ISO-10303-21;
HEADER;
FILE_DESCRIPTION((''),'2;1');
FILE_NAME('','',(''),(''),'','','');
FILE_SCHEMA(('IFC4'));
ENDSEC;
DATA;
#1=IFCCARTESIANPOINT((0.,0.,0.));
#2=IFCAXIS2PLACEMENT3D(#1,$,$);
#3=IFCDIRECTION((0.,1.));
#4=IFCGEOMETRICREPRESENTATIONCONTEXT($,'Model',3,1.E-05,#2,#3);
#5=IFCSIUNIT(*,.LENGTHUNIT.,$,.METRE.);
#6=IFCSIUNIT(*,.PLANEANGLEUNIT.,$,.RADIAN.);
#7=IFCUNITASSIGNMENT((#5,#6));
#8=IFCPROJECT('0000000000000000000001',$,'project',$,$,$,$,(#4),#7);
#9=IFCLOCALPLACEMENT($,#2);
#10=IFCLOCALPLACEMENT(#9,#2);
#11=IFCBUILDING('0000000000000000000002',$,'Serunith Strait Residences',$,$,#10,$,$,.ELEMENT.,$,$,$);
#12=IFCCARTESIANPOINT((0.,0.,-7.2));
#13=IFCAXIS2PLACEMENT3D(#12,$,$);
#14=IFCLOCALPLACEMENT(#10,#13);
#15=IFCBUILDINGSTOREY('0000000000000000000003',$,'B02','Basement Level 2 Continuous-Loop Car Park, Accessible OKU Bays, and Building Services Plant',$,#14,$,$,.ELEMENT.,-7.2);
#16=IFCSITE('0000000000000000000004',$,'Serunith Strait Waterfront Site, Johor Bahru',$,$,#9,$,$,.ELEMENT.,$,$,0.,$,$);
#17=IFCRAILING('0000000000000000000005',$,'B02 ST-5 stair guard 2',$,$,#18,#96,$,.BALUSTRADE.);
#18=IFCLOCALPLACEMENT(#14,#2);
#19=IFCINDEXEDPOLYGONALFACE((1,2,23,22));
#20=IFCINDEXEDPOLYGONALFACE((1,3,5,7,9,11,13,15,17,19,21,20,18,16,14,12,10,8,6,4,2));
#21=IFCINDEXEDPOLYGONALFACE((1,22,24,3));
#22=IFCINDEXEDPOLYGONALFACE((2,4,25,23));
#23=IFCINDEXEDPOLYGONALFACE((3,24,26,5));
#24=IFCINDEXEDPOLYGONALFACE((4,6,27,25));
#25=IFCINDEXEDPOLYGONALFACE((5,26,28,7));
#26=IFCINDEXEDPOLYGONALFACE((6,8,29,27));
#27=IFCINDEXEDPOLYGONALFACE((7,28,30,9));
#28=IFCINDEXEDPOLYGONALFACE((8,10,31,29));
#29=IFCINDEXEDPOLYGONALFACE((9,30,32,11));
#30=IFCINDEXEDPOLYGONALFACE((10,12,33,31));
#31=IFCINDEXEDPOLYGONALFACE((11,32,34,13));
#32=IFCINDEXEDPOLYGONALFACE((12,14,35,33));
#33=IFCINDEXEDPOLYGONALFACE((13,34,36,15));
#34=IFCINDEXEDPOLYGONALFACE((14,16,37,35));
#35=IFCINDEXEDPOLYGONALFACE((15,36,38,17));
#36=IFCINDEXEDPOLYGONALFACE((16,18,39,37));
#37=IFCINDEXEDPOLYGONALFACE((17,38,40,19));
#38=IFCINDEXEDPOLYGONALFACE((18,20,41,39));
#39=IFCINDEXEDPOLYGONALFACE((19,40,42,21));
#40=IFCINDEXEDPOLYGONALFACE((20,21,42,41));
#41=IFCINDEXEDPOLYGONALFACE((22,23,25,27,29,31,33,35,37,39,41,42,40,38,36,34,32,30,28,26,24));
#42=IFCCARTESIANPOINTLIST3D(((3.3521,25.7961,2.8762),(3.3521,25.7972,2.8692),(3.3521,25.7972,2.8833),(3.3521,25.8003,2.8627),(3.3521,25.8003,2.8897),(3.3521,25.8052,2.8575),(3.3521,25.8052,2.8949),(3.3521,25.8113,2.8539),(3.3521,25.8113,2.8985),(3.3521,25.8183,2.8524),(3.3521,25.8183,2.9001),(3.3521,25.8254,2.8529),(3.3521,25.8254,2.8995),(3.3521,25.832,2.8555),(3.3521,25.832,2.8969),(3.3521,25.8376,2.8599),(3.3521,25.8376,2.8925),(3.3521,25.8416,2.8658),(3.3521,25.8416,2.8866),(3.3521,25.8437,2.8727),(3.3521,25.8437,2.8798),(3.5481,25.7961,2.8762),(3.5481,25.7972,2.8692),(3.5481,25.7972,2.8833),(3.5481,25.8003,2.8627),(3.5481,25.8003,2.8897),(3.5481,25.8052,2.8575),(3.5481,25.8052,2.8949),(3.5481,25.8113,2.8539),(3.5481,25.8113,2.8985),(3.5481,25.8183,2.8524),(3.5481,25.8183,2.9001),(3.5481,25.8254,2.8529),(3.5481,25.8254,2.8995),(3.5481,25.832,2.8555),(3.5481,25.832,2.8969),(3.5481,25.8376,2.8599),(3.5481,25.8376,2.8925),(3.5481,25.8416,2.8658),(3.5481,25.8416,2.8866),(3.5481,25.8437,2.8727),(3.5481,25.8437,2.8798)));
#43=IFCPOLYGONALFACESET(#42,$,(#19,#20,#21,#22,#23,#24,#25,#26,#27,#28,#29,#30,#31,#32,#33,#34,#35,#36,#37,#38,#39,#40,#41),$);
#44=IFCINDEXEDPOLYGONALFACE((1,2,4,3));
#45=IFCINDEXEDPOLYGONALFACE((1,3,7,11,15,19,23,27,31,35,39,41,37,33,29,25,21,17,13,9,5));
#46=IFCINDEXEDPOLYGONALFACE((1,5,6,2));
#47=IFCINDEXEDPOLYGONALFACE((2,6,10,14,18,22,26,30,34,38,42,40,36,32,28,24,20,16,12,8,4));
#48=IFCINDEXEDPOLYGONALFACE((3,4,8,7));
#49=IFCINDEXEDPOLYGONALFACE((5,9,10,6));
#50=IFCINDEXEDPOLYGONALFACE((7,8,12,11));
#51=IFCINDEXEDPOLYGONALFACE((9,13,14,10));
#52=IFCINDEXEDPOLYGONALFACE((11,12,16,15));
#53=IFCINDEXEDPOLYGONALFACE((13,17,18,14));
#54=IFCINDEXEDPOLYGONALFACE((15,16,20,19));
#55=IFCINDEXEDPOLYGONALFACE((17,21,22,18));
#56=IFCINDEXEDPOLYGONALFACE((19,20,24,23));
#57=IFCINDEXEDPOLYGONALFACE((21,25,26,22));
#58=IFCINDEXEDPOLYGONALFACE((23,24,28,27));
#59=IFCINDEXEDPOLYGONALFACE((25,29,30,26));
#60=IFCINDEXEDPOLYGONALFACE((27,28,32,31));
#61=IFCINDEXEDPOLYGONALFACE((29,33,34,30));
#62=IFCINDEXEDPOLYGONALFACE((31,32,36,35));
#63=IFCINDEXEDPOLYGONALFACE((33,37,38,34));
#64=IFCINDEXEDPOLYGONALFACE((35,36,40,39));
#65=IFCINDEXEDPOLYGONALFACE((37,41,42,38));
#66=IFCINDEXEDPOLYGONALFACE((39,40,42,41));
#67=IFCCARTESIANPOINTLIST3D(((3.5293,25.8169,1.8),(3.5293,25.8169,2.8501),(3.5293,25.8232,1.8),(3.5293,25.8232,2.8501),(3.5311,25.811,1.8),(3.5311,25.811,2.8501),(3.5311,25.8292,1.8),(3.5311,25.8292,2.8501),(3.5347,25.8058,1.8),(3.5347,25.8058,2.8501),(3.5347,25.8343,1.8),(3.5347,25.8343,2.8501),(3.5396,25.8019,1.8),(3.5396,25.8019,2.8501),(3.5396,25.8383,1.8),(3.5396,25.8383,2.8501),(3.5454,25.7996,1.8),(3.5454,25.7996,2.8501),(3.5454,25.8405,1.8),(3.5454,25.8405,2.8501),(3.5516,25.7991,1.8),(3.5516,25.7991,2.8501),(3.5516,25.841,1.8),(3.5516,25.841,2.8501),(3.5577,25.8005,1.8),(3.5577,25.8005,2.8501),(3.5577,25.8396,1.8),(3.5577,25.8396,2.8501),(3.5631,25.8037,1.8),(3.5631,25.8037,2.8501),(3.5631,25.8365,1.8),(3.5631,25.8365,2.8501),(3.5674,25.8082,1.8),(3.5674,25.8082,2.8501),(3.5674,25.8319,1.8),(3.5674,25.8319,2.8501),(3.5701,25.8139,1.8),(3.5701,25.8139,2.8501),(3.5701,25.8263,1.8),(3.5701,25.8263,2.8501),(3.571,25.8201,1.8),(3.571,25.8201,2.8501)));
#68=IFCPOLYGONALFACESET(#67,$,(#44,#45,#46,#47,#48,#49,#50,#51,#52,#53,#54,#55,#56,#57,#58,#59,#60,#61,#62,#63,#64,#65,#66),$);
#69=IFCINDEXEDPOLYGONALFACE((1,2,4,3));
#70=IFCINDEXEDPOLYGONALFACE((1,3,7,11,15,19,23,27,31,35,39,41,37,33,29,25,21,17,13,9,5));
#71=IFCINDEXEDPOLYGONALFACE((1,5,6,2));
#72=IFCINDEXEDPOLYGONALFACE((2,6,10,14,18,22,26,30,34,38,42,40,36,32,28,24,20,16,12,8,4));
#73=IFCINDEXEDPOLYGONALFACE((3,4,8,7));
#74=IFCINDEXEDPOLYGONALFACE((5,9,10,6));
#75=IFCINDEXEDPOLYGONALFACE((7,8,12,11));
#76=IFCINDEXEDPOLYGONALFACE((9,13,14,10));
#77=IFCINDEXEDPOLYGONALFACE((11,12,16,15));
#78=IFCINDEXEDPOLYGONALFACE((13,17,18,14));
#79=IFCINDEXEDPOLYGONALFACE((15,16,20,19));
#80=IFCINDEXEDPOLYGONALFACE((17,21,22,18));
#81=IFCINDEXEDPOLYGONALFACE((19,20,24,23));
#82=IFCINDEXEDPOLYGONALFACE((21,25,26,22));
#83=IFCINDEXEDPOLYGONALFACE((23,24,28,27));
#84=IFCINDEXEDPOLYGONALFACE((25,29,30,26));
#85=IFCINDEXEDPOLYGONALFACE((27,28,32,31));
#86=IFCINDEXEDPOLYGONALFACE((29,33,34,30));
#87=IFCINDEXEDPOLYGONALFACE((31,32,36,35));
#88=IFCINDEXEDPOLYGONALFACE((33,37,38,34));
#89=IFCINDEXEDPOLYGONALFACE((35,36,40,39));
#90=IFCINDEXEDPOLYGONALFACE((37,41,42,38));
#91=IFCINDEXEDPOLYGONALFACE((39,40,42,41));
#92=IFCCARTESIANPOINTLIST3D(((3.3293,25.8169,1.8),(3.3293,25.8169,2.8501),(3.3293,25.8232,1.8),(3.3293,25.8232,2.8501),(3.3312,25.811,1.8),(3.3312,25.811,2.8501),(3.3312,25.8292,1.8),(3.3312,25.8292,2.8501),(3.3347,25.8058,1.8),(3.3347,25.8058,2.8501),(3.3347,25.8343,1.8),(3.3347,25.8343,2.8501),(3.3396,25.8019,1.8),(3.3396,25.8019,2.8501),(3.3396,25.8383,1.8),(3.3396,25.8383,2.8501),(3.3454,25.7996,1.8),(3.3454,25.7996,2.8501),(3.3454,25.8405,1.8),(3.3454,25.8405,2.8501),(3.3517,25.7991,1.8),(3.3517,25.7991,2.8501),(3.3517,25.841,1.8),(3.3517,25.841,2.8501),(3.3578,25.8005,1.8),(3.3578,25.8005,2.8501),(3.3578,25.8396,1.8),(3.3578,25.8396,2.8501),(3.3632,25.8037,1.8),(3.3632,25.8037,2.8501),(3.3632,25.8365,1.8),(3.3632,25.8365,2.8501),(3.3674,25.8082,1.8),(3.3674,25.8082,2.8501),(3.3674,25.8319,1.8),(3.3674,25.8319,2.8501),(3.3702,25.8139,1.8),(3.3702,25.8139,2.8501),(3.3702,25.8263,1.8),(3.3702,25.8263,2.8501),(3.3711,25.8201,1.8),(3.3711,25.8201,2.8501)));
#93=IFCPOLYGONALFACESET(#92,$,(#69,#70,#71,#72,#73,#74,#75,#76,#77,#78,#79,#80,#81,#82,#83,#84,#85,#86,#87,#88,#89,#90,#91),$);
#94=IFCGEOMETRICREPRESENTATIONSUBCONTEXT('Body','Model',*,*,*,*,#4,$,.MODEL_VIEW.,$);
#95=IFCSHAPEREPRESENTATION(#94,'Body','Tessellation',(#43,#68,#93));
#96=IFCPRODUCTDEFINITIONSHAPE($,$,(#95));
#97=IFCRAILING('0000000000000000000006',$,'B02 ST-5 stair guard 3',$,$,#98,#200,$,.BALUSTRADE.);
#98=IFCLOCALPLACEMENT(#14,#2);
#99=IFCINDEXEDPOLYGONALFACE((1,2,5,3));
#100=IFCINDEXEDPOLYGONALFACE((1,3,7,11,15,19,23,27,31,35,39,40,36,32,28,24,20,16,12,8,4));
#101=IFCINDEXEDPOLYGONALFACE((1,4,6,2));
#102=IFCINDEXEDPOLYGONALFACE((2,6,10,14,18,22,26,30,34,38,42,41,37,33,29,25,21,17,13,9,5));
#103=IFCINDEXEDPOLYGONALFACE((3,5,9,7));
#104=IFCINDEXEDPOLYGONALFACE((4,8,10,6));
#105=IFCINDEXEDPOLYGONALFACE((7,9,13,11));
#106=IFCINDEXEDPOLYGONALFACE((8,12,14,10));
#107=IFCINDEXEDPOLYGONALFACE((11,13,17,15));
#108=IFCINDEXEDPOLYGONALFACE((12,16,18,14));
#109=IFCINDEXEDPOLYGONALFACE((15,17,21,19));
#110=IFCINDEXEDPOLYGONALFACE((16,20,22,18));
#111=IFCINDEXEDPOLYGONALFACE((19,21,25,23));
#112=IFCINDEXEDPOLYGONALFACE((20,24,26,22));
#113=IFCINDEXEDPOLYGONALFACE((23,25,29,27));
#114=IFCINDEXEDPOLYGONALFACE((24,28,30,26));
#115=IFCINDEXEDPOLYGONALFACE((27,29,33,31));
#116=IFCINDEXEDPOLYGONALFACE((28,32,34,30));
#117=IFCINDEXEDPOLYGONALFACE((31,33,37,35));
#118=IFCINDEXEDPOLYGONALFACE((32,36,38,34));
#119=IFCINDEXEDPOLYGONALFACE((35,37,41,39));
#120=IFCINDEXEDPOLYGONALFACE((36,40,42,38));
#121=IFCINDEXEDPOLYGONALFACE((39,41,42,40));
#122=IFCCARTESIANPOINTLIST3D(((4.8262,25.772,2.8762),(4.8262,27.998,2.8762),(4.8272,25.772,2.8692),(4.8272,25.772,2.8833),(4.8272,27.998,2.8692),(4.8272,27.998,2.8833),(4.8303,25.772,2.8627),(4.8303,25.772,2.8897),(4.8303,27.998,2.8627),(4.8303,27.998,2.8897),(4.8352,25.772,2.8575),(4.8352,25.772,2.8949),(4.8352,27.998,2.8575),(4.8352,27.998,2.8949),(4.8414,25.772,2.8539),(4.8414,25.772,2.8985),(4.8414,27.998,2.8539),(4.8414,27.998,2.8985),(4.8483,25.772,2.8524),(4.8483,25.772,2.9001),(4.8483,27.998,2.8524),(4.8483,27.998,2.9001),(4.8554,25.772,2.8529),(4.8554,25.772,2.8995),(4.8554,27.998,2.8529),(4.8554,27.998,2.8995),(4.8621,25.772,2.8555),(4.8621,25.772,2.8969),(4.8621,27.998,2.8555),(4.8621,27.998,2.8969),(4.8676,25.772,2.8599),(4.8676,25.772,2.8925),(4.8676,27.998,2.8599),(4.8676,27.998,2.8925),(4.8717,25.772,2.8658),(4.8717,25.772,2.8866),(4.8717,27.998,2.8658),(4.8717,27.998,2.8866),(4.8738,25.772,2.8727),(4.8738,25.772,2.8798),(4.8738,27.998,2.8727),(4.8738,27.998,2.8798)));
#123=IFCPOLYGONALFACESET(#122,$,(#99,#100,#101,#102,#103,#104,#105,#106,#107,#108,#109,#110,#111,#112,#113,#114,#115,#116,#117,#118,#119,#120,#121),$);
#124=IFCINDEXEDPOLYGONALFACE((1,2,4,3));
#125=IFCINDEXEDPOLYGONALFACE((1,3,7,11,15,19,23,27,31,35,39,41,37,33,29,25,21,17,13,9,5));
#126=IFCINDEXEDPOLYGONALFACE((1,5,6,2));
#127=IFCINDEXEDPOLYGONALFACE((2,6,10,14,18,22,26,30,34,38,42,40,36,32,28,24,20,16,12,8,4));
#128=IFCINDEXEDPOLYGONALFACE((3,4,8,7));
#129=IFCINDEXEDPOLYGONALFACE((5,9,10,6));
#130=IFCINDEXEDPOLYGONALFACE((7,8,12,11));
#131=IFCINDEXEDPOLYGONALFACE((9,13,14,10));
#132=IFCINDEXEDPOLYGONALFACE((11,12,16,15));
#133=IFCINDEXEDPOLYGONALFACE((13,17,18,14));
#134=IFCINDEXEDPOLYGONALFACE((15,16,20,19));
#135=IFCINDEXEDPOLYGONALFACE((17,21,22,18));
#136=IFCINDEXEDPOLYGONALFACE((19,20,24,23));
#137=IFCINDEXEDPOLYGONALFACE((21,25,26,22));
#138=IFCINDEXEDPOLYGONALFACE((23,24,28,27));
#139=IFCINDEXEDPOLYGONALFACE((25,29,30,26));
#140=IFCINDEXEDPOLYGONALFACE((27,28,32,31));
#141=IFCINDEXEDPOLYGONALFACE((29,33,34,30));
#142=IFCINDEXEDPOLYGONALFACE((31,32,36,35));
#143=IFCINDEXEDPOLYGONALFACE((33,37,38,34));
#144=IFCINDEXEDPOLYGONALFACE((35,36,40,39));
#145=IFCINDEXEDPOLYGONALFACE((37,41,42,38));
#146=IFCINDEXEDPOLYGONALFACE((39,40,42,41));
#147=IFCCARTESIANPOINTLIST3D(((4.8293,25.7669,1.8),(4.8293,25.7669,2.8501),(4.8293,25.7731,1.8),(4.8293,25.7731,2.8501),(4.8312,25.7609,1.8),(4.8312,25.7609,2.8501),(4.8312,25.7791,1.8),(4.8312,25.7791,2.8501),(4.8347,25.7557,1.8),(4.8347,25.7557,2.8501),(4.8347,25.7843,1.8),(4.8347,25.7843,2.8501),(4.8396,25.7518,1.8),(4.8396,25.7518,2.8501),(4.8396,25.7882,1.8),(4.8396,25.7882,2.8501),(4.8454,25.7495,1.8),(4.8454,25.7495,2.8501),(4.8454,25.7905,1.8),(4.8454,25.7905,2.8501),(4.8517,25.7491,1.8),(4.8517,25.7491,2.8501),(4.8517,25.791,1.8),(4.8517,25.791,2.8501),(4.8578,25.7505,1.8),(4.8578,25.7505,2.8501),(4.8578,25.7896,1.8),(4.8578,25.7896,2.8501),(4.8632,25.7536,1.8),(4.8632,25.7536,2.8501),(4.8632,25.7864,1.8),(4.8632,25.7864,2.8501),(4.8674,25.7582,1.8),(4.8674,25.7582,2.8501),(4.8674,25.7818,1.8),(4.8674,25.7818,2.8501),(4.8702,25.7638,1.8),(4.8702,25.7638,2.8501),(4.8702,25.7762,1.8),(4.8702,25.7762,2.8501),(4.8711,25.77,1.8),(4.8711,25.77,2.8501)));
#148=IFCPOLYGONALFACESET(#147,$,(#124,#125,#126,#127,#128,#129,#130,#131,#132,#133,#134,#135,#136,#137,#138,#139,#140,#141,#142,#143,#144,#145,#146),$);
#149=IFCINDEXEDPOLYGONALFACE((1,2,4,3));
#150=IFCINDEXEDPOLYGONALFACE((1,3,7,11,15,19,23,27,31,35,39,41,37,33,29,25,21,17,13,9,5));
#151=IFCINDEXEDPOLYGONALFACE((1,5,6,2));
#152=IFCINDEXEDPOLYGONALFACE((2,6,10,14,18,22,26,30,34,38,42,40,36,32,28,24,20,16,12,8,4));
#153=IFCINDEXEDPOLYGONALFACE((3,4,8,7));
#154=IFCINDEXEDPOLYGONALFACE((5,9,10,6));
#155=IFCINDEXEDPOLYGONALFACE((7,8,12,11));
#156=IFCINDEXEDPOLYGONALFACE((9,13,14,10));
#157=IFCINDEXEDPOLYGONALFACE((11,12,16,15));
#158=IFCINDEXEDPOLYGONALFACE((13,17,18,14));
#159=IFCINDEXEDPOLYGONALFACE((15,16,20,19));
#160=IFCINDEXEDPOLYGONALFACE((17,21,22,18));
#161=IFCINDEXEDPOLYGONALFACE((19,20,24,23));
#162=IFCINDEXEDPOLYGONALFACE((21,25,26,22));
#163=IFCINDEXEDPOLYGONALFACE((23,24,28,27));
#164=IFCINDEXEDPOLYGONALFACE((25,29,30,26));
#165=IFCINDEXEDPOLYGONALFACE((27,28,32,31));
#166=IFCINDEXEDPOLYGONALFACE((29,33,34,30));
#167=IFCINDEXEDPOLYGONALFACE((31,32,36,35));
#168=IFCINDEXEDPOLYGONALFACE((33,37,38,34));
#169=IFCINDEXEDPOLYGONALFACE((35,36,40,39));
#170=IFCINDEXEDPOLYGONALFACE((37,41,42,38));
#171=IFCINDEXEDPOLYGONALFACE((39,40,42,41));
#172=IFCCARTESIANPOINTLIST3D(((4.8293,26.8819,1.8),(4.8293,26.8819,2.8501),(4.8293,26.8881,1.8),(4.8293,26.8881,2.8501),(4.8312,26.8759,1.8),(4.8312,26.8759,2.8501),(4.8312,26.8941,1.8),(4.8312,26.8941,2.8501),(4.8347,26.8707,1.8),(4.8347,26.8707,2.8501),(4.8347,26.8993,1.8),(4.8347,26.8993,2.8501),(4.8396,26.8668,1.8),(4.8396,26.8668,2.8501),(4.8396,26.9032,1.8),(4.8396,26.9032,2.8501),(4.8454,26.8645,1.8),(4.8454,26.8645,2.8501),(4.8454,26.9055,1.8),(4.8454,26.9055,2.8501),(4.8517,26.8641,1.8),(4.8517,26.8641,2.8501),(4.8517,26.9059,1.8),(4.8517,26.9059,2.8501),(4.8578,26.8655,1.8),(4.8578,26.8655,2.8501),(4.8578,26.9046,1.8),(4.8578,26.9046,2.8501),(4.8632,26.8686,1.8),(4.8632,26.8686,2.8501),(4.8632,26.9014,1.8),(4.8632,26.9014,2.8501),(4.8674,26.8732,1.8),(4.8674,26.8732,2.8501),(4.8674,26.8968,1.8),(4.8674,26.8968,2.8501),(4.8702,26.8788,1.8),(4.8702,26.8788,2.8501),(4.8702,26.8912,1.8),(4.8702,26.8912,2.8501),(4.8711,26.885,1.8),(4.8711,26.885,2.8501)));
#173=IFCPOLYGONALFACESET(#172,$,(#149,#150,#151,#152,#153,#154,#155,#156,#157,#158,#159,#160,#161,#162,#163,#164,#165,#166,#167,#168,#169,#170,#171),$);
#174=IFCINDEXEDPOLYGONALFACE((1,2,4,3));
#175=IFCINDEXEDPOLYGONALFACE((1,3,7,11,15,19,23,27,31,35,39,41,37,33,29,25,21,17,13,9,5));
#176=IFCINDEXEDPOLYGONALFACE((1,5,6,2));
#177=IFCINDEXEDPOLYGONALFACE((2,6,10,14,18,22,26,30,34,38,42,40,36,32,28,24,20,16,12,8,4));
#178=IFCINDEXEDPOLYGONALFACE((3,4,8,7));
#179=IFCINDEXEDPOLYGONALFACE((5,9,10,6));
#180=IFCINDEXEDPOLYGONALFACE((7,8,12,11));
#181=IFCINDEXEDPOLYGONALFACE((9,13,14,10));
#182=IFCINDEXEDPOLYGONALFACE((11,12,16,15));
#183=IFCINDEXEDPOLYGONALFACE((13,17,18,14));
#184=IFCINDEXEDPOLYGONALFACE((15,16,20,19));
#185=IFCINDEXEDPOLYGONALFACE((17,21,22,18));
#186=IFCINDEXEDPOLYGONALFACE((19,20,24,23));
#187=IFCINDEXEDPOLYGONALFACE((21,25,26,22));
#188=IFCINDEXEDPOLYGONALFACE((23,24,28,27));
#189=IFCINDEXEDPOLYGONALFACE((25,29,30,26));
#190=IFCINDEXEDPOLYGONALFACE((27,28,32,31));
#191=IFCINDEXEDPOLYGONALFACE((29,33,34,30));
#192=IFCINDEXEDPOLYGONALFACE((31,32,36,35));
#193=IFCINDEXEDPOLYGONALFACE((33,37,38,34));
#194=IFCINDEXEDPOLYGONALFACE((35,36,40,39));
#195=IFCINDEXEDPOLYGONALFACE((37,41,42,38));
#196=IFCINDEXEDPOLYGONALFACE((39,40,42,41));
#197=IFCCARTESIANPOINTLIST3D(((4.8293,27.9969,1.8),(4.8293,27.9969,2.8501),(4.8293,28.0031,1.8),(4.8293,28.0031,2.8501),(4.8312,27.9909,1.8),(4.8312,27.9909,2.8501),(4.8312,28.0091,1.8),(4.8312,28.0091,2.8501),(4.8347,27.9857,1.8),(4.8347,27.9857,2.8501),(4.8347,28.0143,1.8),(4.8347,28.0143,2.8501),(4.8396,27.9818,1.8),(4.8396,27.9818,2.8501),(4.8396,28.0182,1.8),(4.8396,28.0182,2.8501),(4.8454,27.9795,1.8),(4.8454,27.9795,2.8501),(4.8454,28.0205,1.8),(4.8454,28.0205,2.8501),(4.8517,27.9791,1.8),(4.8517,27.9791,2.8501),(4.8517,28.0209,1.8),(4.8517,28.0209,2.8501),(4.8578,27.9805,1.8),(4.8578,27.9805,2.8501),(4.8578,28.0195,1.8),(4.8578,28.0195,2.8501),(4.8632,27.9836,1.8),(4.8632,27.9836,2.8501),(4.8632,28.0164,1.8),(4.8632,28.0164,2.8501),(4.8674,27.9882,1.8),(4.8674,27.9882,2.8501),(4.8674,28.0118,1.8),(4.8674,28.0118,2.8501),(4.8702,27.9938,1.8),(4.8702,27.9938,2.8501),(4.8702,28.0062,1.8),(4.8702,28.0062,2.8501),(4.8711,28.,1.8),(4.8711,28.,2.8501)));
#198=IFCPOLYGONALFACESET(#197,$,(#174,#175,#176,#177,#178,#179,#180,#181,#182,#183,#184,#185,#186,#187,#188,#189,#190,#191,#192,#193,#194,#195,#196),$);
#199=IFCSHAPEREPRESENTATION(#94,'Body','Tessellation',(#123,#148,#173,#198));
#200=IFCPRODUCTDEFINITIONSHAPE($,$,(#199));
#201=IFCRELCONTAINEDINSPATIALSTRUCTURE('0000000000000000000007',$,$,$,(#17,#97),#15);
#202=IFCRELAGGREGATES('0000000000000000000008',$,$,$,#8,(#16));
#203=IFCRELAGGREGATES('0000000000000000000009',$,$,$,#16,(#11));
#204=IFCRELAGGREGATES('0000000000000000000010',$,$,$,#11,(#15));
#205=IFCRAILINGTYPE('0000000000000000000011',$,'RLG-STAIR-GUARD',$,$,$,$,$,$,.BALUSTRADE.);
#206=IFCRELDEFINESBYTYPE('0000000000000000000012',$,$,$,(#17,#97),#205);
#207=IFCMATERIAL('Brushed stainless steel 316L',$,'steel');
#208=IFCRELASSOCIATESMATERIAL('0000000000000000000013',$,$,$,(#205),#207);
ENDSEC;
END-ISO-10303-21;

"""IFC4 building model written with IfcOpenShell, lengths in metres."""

from ifc_helpers import new_model, si_unit, direction, frame, origin, origin_2d, place, context, subcontext, project, spatial, circle, extrude, material, type_object, element, save


model = new_model("IFC4")

# Units and contexts
model_context = context("Model", 3, precision=1e-05, world=origin(), true_north=direction((0.0, 1.0)))
body_context = subcontext(model_context, "Body", "Model", "MODEL_VIEW")
ifc_project = project(units=[si_unit("LENGTHUNIT", "METRE"), si_unit("PLANEANGLEUNIT", "RADIAN")], contexts=[model_context])

# Site, building, storey
site_placement = place(None, origin())
site = spatial("IfcSite", under=ifc_project, at=site_placement, Name="Serunith Strait Waterfront Site, Johor Bahru", CompositionType="ELEMENT", RefElevation=0.0)
building_placement = place(site_placement, origin())
building = spatial("IfcBuilding", under=site, at=building_placement, Name="Serunith Strait Residences", CompositionType="ELEMENT")
storey_placement = place(building_placement, frame((0.0, 0.0, -7.2)))
storey = spatial("IfcBuildingStorey", under=building, at=storey_placement, Name="B02", Description="Basement Level 2 Continuous-Loop Car Park, Accessible OKU Bays, and Building Services Plant", CompositionType="ELEMENT", Elevation=-7.2)

# Railings
ifc_material_1 = material(Name="Brushed stainless steel 316L", Category="steel")
railing_type_1 = type_object("IfcRailingType", Name="RLG-STAIR-GUARD", PredefinedType="BALUSTRADE", material=ifc_material_1)
railing_1_placement = place(storey_placement, frame((3.55, 25.8201, 1.8)))
element("IfcRailing", 1, at=railing_1_placement, inside=storey, type_object=railing_type_1, Name="B02 ST-5 stair guard 2", PredefinedType="BALUSTRADE", context=body_context, shape_type="SweptSolid", body=[
    extrude(circle(Radius=0.0239, at=origin_2d()), frame((-0.002, 0.0, 1.0762), z_axis=(-1.0, 0.0, 0.0), x_axis=(0.0, -1.0, 0.0)), (0.0, 0.0, 1.0), 0.196),
    extrude(circle(Radius=0.021, at=origin_2d()), origin(), (0.0, 0.0, 1.0), 1.05),
    extrude(circle(Radius=0.021, at=origin_2d()), frame((-0.2, 0.0, 0.0)), (0.0, 0.0, 1.0), 1.05),
])
for number, where, name in (
    (2, (4.8501, 25.77, 1.8), "B02 ST-5 stair guard 3"),
):
    element("IfcRailing", number, at=place(storey_placement, frame(where)), inside=storey, type_object=railing_type_1, Name=name, PredefinedType="BALUSTRADE", context=body_context, shape_type="SweptSolid", body=[
        extrude(circle(Radius=0.0239, at=origin_2d()), frame((0.0, 0.002, 1.0762), z_axis=(0.0, 1.0, 0.0), x_axis=(-1.0, 0.0, 0.0)), (0.0, 0.0, 1.0), 2.2261),
        extrude(circle(Radius=0.021, at=origin_2d()), origin(), (0.0, 0.0, 1.0), 1.05),
        extrude(circle(Radius=0.021, at=origin_2d()), frame((0.0, 1.115, 0.0)), (0.0, 0.0, 1.0), 1.05),
        extrude(circle(Radius=0.021, at=origin_2d()), frame((0.0, 2.23, 0.0)), (0.0, 0.0, 1.0), 1.05),
    ])

save(model, "model.ifc")
